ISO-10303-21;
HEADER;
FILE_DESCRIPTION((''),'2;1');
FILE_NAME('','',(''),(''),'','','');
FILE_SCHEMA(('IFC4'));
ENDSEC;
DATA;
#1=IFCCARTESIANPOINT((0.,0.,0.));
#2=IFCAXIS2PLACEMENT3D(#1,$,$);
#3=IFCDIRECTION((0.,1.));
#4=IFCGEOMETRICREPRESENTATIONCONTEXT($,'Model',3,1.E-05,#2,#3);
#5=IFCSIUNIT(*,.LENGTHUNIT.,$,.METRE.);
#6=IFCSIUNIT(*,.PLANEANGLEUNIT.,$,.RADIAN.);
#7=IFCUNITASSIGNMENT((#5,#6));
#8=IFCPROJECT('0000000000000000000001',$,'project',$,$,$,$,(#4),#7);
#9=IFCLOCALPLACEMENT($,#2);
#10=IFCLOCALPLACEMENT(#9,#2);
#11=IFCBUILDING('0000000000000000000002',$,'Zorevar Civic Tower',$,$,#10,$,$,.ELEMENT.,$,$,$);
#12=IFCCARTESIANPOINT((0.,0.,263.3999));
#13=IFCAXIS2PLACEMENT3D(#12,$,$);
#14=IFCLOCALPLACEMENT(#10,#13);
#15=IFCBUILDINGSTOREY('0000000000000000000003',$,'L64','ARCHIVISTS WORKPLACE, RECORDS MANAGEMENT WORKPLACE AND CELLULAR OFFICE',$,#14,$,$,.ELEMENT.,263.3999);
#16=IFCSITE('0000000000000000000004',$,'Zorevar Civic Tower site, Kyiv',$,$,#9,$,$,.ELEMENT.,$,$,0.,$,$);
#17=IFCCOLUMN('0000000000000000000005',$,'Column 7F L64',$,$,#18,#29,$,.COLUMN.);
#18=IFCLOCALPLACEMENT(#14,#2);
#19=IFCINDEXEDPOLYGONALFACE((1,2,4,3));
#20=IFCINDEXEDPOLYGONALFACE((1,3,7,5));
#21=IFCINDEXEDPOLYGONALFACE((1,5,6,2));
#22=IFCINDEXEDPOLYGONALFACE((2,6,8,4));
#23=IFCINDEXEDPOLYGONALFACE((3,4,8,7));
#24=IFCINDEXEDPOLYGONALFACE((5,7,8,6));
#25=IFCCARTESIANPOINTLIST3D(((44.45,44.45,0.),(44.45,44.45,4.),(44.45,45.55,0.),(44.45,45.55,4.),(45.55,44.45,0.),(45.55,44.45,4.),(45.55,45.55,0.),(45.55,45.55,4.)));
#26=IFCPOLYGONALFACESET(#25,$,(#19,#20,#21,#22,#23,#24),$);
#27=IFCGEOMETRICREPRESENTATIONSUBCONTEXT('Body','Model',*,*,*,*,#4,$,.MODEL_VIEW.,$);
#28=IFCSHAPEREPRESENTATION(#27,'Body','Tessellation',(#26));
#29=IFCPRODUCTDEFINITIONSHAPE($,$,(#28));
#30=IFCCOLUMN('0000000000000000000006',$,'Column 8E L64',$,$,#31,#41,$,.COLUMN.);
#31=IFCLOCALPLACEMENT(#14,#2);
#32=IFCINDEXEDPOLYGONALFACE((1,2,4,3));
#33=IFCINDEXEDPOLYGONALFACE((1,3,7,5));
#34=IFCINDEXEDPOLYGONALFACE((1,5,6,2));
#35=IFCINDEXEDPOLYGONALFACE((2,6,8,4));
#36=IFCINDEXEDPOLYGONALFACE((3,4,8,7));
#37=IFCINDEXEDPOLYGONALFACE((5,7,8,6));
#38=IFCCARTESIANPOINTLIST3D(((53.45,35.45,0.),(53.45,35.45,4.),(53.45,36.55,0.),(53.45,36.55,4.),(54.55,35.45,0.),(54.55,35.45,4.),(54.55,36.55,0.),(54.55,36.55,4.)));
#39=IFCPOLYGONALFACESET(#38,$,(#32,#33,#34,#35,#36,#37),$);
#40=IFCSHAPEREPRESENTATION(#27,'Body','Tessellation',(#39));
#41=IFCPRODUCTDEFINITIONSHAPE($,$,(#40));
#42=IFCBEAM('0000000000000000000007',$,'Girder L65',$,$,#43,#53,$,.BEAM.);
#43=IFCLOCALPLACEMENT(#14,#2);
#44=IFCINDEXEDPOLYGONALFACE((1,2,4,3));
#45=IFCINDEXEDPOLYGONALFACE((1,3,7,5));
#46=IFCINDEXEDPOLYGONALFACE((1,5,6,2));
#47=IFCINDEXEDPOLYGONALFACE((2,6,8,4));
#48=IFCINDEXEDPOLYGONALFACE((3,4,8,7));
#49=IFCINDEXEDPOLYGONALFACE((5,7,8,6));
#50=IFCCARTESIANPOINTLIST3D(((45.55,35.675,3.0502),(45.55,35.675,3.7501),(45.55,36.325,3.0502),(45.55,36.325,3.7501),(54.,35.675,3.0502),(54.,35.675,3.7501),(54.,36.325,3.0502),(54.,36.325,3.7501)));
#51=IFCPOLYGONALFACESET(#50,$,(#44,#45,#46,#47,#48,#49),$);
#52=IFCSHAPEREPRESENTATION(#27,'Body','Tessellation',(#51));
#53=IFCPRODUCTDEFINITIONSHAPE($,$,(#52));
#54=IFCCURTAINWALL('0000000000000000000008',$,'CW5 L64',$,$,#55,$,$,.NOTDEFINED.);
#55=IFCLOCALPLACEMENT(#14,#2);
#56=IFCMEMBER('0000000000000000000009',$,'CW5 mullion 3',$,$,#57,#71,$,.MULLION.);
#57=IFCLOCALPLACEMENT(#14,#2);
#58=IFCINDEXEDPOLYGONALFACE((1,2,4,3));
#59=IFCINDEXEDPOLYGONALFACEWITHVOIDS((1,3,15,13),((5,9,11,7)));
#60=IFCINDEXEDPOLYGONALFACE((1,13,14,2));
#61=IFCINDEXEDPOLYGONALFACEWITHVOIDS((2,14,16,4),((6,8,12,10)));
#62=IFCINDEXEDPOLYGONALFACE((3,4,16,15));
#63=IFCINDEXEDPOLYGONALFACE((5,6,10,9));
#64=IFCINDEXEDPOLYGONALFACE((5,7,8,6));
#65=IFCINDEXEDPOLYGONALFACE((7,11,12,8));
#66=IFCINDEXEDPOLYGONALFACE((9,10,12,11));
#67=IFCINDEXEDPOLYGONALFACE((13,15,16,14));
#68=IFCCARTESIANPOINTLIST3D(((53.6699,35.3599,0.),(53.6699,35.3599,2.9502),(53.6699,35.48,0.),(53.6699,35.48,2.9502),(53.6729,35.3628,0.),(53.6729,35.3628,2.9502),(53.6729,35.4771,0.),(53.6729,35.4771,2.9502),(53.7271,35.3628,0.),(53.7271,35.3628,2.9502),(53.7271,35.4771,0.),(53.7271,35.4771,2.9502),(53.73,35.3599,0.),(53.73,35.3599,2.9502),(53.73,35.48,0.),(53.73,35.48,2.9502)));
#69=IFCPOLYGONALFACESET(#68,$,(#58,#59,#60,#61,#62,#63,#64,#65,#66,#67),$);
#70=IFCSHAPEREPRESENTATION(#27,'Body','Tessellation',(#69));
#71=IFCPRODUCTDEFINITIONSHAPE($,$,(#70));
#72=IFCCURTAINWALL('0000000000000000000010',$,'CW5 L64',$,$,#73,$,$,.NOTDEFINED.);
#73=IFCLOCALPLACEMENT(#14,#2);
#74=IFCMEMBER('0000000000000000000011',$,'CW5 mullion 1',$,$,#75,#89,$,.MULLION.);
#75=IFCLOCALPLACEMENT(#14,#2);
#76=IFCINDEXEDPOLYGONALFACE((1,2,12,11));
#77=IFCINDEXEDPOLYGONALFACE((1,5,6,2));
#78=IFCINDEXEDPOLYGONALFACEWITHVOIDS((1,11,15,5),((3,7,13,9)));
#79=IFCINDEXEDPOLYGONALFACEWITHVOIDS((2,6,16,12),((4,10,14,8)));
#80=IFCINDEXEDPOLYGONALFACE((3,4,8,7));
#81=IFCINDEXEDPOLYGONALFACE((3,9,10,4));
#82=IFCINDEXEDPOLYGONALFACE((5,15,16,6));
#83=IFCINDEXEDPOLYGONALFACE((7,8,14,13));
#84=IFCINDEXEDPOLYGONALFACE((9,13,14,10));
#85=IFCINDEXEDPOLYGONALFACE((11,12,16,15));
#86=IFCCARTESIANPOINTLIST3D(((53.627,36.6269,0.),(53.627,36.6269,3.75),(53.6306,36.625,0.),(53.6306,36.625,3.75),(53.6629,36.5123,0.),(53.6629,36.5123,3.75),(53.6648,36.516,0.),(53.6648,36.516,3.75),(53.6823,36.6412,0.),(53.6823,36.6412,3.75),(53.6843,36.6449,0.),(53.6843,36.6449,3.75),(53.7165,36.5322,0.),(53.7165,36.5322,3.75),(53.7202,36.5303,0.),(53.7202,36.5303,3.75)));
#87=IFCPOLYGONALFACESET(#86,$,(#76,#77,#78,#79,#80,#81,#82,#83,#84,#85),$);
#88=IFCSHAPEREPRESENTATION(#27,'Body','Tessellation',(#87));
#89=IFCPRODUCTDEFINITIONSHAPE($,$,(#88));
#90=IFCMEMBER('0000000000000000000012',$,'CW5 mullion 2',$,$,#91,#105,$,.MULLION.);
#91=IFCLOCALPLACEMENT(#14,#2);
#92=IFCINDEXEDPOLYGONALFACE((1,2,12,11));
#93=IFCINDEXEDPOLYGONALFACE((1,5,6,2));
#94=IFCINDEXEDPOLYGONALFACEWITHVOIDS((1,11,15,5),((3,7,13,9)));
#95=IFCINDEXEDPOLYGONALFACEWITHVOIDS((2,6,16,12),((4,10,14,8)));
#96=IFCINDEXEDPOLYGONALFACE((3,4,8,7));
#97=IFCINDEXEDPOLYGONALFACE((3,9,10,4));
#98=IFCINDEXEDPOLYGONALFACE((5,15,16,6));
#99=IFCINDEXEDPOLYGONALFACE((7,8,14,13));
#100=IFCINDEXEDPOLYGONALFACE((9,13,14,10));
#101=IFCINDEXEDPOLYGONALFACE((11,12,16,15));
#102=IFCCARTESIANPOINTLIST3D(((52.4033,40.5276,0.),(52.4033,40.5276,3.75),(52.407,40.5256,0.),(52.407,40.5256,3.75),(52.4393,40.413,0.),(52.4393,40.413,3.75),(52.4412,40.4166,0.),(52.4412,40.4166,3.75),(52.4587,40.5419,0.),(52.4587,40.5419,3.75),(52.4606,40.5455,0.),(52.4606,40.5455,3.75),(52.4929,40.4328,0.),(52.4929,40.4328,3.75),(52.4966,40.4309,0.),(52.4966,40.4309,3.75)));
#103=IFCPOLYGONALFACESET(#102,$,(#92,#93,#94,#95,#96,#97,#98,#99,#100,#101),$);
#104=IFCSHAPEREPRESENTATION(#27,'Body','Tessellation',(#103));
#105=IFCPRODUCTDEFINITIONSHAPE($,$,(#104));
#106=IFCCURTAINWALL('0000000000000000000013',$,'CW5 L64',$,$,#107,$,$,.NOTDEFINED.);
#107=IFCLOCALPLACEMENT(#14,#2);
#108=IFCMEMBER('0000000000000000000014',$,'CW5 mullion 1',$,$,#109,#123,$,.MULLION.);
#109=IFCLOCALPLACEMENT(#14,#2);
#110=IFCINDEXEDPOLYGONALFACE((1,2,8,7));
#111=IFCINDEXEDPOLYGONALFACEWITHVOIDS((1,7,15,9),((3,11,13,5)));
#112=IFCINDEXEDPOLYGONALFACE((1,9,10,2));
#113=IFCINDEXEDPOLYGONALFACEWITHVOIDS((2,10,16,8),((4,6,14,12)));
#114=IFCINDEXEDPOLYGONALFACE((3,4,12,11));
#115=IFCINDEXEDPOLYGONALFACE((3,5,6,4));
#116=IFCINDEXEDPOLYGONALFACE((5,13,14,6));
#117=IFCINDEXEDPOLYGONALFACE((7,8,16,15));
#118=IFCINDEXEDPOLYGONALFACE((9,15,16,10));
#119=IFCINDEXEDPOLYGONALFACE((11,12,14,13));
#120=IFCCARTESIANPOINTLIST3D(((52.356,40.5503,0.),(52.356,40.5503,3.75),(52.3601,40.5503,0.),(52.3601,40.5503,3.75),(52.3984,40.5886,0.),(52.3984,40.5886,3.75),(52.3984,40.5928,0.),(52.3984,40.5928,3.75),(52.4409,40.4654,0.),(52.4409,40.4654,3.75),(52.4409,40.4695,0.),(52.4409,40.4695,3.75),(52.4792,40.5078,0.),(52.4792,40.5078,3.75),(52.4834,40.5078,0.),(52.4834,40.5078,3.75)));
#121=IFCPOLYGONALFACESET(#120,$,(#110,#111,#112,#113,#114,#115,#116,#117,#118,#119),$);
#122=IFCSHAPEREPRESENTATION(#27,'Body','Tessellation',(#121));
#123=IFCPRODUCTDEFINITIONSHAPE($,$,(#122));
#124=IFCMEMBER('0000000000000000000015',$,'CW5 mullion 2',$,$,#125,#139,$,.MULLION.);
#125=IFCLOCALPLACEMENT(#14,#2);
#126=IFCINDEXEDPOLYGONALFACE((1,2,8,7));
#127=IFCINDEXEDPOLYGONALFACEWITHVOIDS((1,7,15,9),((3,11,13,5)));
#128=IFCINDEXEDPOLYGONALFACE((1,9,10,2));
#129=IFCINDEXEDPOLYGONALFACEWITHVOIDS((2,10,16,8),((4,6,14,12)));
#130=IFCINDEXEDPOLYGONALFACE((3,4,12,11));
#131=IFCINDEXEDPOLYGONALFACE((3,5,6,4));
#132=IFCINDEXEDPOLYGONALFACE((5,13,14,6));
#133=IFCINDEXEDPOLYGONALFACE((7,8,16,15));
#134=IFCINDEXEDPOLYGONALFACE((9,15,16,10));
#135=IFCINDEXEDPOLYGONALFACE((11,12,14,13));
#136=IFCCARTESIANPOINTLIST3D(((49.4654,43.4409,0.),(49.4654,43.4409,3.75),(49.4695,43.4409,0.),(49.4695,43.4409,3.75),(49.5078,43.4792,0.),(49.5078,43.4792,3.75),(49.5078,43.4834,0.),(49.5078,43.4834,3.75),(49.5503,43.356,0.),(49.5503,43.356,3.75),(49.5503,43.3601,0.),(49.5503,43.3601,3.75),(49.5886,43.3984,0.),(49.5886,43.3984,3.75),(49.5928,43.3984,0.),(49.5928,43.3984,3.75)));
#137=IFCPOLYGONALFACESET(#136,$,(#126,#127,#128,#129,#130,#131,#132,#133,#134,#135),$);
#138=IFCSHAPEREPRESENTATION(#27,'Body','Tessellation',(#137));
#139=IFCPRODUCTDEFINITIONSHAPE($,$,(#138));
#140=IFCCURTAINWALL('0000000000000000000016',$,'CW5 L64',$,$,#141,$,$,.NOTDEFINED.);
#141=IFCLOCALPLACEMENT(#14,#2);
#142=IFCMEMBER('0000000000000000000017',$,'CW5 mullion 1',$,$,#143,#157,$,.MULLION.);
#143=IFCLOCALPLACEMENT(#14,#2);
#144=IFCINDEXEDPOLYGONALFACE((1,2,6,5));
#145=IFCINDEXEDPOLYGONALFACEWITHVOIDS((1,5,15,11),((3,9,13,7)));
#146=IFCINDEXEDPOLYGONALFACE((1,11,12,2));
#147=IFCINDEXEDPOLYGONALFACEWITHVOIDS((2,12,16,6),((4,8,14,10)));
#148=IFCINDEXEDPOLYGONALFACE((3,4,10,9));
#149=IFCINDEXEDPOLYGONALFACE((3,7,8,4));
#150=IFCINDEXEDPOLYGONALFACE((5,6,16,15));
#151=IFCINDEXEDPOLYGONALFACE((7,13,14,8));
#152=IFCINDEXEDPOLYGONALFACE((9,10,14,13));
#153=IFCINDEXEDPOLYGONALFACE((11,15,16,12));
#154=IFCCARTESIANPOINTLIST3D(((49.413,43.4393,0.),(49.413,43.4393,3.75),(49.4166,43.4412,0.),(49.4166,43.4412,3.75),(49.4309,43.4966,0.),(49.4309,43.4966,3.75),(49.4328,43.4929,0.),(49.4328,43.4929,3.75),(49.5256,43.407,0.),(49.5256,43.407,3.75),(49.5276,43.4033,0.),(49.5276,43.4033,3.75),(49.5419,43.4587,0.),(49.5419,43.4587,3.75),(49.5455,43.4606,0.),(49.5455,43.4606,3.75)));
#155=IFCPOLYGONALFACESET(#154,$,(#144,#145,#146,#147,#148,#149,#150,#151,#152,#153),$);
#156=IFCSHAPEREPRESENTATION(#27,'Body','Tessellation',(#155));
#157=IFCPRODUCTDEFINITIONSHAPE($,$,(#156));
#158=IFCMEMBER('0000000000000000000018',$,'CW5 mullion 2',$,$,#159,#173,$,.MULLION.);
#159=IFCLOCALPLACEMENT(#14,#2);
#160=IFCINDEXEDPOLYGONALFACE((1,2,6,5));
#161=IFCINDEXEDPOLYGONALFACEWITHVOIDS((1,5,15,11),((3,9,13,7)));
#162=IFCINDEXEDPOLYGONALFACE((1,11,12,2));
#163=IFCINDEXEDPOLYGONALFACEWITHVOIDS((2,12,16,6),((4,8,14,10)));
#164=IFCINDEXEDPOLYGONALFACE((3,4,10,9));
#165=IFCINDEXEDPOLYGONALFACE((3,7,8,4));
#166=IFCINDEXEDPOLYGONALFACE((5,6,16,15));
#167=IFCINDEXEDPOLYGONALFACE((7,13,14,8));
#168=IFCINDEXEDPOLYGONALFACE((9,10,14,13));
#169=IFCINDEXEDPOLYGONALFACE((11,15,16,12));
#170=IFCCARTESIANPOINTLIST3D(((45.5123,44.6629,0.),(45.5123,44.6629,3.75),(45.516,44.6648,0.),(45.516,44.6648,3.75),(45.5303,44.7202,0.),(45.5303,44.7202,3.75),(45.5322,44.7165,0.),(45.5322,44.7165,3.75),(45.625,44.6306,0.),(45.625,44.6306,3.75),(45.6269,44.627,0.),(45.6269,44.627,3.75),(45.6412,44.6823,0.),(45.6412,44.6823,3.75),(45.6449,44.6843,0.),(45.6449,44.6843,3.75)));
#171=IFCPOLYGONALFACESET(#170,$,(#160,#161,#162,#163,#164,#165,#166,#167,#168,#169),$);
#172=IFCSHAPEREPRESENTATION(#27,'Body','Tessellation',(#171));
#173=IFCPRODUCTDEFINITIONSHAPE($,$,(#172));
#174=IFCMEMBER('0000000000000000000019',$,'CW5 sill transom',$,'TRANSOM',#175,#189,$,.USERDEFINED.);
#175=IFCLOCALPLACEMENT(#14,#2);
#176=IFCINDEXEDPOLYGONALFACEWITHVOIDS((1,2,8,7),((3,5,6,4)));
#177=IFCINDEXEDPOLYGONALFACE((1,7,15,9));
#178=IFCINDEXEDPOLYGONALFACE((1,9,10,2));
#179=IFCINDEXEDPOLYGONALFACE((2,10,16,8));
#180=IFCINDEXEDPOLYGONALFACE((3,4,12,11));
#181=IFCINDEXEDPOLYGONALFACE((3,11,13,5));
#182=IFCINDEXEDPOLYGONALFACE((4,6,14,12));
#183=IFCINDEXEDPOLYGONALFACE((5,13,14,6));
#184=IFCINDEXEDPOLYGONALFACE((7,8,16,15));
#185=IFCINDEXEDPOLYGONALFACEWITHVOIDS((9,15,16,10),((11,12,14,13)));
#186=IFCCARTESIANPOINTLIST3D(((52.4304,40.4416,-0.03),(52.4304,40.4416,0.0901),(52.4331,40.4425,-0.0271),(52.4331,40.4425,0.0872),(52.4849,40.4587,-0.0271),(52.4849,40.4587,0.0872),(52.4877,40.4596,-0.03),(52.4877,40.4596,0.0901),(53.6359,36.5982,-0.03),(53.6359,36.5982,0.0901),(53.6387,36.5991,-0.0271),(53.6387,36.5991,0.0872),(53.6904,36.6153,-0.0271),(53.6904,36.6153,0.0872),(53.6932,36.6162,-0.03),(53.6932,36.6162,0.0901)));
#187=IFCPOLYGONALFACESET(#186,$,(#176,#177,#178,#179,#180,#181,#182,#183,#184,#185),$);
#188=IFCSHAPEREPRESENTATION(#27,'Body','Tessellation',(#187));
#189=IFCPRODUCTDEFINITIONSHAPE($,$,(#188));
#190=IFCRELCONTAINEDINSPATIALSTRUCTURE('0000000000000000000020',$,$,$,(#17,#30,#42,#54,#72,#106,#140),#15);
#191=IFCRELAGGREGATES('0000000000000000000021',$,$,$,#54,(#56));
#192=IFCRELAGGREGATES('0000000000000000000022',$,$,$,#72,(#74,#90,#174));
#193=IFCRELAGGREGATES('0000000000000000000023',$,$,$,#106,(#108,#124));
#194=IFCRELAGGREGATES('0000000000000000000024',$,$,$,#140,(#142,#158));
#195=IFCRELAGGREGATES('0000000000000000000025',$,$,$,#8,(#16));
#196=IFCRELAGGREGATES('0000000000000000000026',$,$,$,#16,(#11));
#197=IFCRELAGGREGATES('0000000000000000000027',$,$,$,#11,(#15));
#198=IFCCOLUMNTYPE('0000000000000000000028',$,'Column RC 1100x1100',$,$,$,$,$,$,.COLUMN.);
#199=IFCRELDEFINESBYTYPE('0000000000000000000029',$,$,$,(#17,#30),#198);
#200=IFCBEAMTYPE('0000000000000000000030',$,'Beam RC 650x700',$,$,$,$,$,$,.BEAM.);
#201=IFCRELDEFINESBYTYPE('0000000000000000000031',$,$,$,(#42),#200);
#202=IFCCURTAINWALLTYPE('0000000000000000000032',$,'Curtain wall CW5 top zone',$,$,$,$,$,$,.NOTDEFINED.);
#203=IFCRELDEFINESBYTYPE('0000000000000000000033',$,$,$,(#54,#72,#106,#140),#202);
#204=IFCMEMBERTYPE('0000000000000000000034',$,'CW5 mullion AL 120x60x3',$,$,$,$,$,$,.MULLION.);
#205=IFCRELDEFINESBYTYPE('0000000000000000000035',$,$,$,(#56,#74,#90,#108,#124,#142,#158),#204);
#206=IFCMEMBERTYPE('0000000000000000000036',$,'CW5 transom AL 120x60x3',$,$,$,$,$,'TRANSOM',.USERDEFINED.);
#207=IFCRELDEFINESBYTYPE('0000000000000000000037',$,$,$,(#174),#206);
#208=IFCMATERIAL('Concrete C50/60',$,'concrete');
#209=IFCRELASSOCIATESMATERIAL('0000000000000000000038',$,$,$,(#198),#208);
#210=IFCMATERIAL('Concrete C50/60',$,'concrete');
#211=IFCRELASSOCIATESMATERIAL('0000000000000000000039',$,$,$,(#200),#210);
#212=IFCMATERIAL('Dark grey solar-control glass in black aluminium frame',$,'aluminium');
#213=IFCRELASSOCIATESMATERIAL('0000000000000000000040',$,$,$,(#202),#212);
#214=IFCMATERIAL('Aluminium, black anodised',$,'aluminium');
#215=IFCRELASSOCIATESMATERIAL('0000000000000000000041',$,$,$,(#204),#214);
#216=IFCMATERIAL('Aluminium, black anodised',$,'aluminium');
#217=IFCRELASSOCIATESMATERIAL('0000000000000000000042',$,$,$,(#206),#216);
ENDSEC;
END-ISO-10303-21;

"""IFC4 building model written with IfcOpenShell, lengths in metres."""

from ifc_helpers import new_model, si_unit, direction, frame, origin, origin_2d, place, context, subcontext, project, spatial, rectangle, hollow_rectangle, extrude, material, material_profile, profile_set, type_object, element, aggregate, save


model = new_model("IFC4")

# Units and contexts
model_context = context("Model", 3, precision=1e-05, world=origin(), true_north=direction((0.0, 1.0)))
body_context = subcontext(model_context, "Body", "Model", "MODEL_VIEW")
ifc_project = project(units=[si_unit("LENGTHUNIT", "METRE"), si_unit("PLANEANGLEUNIT", "RADIAN")], contexts=[model_context])

# Site, building, storey
site_placement = place(None, origin())
site = spatial("IfcSite", under=ifc_project, at=site_placement, Name="Zorevar Civic Tower site, Kyiv", CompositionType="ELEMENT", RefElevation=0.0)
building_placement = place(site_placement, origin())
building = spatial("IfcBuilding", under=site, at=building_placement, Name="Zorevar Civic Tower", CompositionType="ELEMENT")
storey_placement = place(building_placement, frame((0.0, 0.0, 263.3999)))
storey = spatial("IfcBuildingStorey", under=building, at=storey_placement, Name="L64", Description="ARCHIVISTS WORKPLACE, RECORDS MANAGEMENT WORKPLACE AND CELLULAR OFFICE", CompositionType="ELEMENT", Elevation=263.3999)

# Columns
ifc_material_1 = material(Name="Concrete C50/60", Category="concrete")
ifc_material_profile_1 = material_profile(ifc_material_1, rectangle(XDim=1.1001, YDim=1.1001, at=origin_2d()), Name="RC 1100x1100")
ifc_profile_set_1 = profile_set([ifc_material_profile_1], Name="Concrete C50/60")
column_type = type_object("IfcColumnType", Name="Column RC 1100x1100", PredefinedType="COLUMN", material=ifc_profile_set_1)
for number, where, z_axis, x_axis, name in (
    (1, (45.0, 45.0, 0.0), (0.0, 0.0, 1.0), (1.0, 0.0, 0.0), "Column 7F L64"),
    (2, (54.0, 36.0, 0.0), (0.0, 0.0, 1.0), (1.0, 0.0, 0.0), "Column 8E L64"),
):
    element("IfcColumn", number, at=place(storey_placement, frame(where, z_axis=z_axis, x_axis=x_axis)), inside=storey, type_object=column_type, Name=name, PredefinedType="COLUMN", context=body_context, shape_type="SweptSolid", body=[
        extrude(rectangle(XDim=1.1001, YDim=1.1001, at=origin_2d()), origin(), (0.0, 0.0, 1.0), 4.0),
    ])

# Beam
ifc_material_2 = material(Name="Concrete C50/60", Category="concrete")
ifc_material_profile_2 = material_profile(ifc_material_2, rectangle(XDim=0.6499, YDim=0.7, at=origin_2d()), Name="RC 650x700")
ifc_profile_set_2 = profile_set([ifc_material_profile_2], Name="Concrete C50/60")
beam_type_1 = type_object("IfcBeamType", Name="Beam RC 650x700", PredefinedType="BEAM", material=ifc_profile_set_2)
beam_1_placement = place(storey_placement, frame((45.55, 36.0, 3.4001), z_axis=(1.0, 0.0, 0.0), x_axis=(0.0, 1.0, 0.0)))
element("IfcBeam", 3, at=beam_1_placement, inside=storey, type_object=beam_type_1, Name="Girder L65", PredefinedType="BEAM", context=body_context, shape_type="SweptSolid", body=[
    extrude(rectangle(XDim=0.6499, YDim=0.7, at=origin_2d()), origin(), (0.0, 0.0, 1.0), 8.45),
])

# Curtain wall, member
ifc_material_3 = material(Name="Dark grey solar-control glass in black aluminium frame", Category="aluminium")
curtain_wall_type = type_object("IfcCurtainWallType", Name="Curtain wall CW5 top zone", PredefinedType="NOTDEFINED", material=ifc_material_3)
curtain_wall_1_placement = place(storey_placement, origin())
curtain_wall_1 = element("IfcCurtainWall", 4, at=curtain_wall_1_placement, inside=storey, type_object=curtain_wall_type, Name="CW5 L64", PredefinedType="NOTDEFINED")
ifc_material_4 = material(Name="Aluminium, black anodised", Category="aluminium")
ifc_material_profile_3 = material_profile(ifc_material_4, hollow_rectangle(XDim=0.0601, YDim=0.1201, WallThickness=0.0029, at=origin_2d()), Name="AL 120x60x3")
ifc_profile_set_3 = profile_set([ifc_material_profile_3], Name="Aluminium, black anodised")
member_type_1 = type_object("IfcMemberType", Name="CW5 mullion AL 120x60x3", PredefinedType="MULLION", material=ifc_profile_set_3)
member_1_placement = place(storey_placement, frame((53.7, 35.4199, 0.0), z_axis=(0.0, 0.0, 1.0), x_axis=(-1.0, 0.0, 0.0)))
member_1 = element("IfcMember", 5, at=member_1_placement, type_object=member_type_1, Name="CW5 mullion 3", PredefinedType="MULLION", context=body_context, shape_type="SweptSolid", body=[
    extrude(hollow_rectangle(XDim=0.0601, YDim=0.1201, WallThickness=0.0029, at=origin_2d()), origin(), (0.0, 0.0, 1.0), 2.9502),
])

# Curtain walls, members
curtain_wall_2_placement = place(storey_placement, origin())
curtain_wall_2 = element("IfcCurtainWall", 6, at=curtain_wall_2_placement, inside=storey, type_object=curtain_wall_type, Name="CW5 L64", PredefinedType="NOTDEFINED")
member_2_placement = place(storey_placement, frame((53.6736, 36.5786, 0.0), z_axis=(0.0, 0.0, 1.0), x_axis=(-0.954153, -0.299318, 0.0)))
member_2 = element("IfcMember", 7, at=member_2_placement, type_object=member_type_1, Name="CW5 mullion 1", PredefinedType="MULLION", context=body_context, shape_type="SweptSolid", body=[
    extrude(hollow_rectangle(XDim=0.0601, YDim=0.1201, WallThickness=0.0029, at=origin_2d()), origin(), (0.0, 0.0, 1.0), 3.75),
])
member_3_placement = place(storey_placement, frame((52.45, 40.4792, 0.0), z_axis=(0.0, 0.0, 1.0), x_axis=(-0.954153, -0.299318, 0.0)))
member_3 = element("IfcMember", 8, at=member_3_placement, type_object=member_type_1, Name="CW5 mullion 2", PredefinedType="MULLION", context=body_context, shape_type="SweptSolid", body=[
    extrude(hollow_rectangle(XDim=0.0601, YDim=0.1201, WallThickness=0.0029, at=origin_2d()), origin(), (0.0, 0.0, 1.0), 3.75),
])
curtain_wall_3_placement = place(storey_placement, origin())
curtain_wall_3 = element("IfcCurtainWall", 9, at=curtain_wall_3_placement, inside=storey, type_object=curtain_wall_type, Name="CW5 L64", PredefinedType="NOTDEFINED")
member_4_placement = place(storey_placement, frame((52.4197, 40.5291, 0.0), z_axis=(0.0, 0.0, 1.0), x_axis=(-0.707107, -0.707107, 0.0)))
member_4 = element("IfcMember", 10, at=member_4_placement, type_object=member_type_1, Name="CW5 mullion 1", PredefinedType="MULLION", context=body_context, shape_type="SweptSolid", body=[
    extrude(hollow_rectangle(XDim=0.0601, YDim=0.1201, WallThickness=0.0029, at=origin_2d()), origin(), (0.0, 0.0, 1.0), 3.75),
])
member_5_placement = place(storey_placement, frame((49.5291, 43.4197, 0.0), z_axis=(0.0, 0.0, 1.0), x_axis=(-0.707107, -0.707107, 0.0)))
member_5 = element("IfcMember", 11, at=member_5_placement, type_object=member_type_1, Name="CW5 mullion 2", PredefinedType="MULLION", context=body_context, shape_type="SweptSolid", body=[
    extrude(hollow_rectangle(XDim=0.0601, YDim=0.1201, WallThickness=0.0029, at=origin_2d()), origin(), (0.0, 0.0, 1.0), 3.75),
])
curtain_wall_4_placement = place(storey_placement, origin())
curtain_wall_4 = element("IfcCurtainWall", 12, at=curtain_wall_4_placement, inside=storey, type_object=curtain_wall_type, Name="CW5 L64", PredefinedType="NOTDEFINED")
member_6_placement = place(storey_placement, frame((49.4792, 43.45, 0.0), z_axis=(0.0, 0.0, 1.0), x_axis=(-0.299318, -0.954153, 0.0)))
member_6 = element("IfcMember", 13, at=member_6_placement, type_object=member_type_1, Name="CW5 mullion 1", PredefinedType="MULLION", context=body_context, shape_type="SweptSolid", body=[
    extrude(hollow_rectangle(XDim=0.0601, YDim=0.1201, WallThickness=0.0029, at=origin_2d()), origin(), (0.0, 0.0, 1.0), 3.75),
])
member_7_placement = place(storey_placement, frame((45.5786, 44.6736, 0.0), z_axis=(0.0, 0.0, 1.0), x_axis=(-0.299318, -0.954153, 0.0)))
member_7 = element("IfcMember", 14, at=member_7_placement, type_object=member_type_1, Name="CW5 mullion 2", PredefinedType="MULLION", context=body_context, shape_type="SweptSolid", body=[
    extrude(hollow_rectangle(XDim=0.0601, YDim=0.1201, WallThickness=0.0029, at=origin_2d()), origin(), (0.0, 0.0, 1.0), 3.75),
])

# Member
ifc_material_5 = material(Name="Aluminium, black anodised", Category="aluminium")
ifc_material_profile_4 = material_profile(ifc_material_5, hollow_rectangle(XDim=0.0601, YDim=0.1201, WallThickness=0.0029, at=origin_2d()), Name="AL 120x60x3")
ifc_profile_set_4 = profile_set([ifc_material_profile_4], Name="Aluminium, black anodised")
member_type_2 = type_object("IfcMemberType", Name="CW5 transom AL 120x60x3", ElementType="TRANSOM", PredefinedType="USERDEFINED", material=ifc_profile_set_4)
member_8_placement = place(storey_placement, frame((53.6646, 36.6072, 0.03), z_axis=(-0.299286, 0.954163, 0.0), x_axis=(-0.954163, -0.299286, 0.0)))
member_8 = element("IfcMember", 15, at=member_8_placement, type_object=member_type_2, Name="CW5 sill transom", ObjectType="TRANSOM", PredefinedType="USERDEFINED", context=body_context, shape_type="SweptSolid", body=[
    extrude(hollow_rectangle(XDim=0.0601, YDim=0.1201, WallThickness=0.0029, at=origin_2d()), origin(), (0.0, 0.0, 1.0), 4.0281),
])

aggregate(curtain_wall_1, [member_1])
aggregate(curtain_wall_2, [member_2, member_3, member_8])
aggregate(curtain_wall_3, [member_4, member_5])
aggregate(curtain_wall_4, [member_6, member_7])

save(model, "model.ifc")
